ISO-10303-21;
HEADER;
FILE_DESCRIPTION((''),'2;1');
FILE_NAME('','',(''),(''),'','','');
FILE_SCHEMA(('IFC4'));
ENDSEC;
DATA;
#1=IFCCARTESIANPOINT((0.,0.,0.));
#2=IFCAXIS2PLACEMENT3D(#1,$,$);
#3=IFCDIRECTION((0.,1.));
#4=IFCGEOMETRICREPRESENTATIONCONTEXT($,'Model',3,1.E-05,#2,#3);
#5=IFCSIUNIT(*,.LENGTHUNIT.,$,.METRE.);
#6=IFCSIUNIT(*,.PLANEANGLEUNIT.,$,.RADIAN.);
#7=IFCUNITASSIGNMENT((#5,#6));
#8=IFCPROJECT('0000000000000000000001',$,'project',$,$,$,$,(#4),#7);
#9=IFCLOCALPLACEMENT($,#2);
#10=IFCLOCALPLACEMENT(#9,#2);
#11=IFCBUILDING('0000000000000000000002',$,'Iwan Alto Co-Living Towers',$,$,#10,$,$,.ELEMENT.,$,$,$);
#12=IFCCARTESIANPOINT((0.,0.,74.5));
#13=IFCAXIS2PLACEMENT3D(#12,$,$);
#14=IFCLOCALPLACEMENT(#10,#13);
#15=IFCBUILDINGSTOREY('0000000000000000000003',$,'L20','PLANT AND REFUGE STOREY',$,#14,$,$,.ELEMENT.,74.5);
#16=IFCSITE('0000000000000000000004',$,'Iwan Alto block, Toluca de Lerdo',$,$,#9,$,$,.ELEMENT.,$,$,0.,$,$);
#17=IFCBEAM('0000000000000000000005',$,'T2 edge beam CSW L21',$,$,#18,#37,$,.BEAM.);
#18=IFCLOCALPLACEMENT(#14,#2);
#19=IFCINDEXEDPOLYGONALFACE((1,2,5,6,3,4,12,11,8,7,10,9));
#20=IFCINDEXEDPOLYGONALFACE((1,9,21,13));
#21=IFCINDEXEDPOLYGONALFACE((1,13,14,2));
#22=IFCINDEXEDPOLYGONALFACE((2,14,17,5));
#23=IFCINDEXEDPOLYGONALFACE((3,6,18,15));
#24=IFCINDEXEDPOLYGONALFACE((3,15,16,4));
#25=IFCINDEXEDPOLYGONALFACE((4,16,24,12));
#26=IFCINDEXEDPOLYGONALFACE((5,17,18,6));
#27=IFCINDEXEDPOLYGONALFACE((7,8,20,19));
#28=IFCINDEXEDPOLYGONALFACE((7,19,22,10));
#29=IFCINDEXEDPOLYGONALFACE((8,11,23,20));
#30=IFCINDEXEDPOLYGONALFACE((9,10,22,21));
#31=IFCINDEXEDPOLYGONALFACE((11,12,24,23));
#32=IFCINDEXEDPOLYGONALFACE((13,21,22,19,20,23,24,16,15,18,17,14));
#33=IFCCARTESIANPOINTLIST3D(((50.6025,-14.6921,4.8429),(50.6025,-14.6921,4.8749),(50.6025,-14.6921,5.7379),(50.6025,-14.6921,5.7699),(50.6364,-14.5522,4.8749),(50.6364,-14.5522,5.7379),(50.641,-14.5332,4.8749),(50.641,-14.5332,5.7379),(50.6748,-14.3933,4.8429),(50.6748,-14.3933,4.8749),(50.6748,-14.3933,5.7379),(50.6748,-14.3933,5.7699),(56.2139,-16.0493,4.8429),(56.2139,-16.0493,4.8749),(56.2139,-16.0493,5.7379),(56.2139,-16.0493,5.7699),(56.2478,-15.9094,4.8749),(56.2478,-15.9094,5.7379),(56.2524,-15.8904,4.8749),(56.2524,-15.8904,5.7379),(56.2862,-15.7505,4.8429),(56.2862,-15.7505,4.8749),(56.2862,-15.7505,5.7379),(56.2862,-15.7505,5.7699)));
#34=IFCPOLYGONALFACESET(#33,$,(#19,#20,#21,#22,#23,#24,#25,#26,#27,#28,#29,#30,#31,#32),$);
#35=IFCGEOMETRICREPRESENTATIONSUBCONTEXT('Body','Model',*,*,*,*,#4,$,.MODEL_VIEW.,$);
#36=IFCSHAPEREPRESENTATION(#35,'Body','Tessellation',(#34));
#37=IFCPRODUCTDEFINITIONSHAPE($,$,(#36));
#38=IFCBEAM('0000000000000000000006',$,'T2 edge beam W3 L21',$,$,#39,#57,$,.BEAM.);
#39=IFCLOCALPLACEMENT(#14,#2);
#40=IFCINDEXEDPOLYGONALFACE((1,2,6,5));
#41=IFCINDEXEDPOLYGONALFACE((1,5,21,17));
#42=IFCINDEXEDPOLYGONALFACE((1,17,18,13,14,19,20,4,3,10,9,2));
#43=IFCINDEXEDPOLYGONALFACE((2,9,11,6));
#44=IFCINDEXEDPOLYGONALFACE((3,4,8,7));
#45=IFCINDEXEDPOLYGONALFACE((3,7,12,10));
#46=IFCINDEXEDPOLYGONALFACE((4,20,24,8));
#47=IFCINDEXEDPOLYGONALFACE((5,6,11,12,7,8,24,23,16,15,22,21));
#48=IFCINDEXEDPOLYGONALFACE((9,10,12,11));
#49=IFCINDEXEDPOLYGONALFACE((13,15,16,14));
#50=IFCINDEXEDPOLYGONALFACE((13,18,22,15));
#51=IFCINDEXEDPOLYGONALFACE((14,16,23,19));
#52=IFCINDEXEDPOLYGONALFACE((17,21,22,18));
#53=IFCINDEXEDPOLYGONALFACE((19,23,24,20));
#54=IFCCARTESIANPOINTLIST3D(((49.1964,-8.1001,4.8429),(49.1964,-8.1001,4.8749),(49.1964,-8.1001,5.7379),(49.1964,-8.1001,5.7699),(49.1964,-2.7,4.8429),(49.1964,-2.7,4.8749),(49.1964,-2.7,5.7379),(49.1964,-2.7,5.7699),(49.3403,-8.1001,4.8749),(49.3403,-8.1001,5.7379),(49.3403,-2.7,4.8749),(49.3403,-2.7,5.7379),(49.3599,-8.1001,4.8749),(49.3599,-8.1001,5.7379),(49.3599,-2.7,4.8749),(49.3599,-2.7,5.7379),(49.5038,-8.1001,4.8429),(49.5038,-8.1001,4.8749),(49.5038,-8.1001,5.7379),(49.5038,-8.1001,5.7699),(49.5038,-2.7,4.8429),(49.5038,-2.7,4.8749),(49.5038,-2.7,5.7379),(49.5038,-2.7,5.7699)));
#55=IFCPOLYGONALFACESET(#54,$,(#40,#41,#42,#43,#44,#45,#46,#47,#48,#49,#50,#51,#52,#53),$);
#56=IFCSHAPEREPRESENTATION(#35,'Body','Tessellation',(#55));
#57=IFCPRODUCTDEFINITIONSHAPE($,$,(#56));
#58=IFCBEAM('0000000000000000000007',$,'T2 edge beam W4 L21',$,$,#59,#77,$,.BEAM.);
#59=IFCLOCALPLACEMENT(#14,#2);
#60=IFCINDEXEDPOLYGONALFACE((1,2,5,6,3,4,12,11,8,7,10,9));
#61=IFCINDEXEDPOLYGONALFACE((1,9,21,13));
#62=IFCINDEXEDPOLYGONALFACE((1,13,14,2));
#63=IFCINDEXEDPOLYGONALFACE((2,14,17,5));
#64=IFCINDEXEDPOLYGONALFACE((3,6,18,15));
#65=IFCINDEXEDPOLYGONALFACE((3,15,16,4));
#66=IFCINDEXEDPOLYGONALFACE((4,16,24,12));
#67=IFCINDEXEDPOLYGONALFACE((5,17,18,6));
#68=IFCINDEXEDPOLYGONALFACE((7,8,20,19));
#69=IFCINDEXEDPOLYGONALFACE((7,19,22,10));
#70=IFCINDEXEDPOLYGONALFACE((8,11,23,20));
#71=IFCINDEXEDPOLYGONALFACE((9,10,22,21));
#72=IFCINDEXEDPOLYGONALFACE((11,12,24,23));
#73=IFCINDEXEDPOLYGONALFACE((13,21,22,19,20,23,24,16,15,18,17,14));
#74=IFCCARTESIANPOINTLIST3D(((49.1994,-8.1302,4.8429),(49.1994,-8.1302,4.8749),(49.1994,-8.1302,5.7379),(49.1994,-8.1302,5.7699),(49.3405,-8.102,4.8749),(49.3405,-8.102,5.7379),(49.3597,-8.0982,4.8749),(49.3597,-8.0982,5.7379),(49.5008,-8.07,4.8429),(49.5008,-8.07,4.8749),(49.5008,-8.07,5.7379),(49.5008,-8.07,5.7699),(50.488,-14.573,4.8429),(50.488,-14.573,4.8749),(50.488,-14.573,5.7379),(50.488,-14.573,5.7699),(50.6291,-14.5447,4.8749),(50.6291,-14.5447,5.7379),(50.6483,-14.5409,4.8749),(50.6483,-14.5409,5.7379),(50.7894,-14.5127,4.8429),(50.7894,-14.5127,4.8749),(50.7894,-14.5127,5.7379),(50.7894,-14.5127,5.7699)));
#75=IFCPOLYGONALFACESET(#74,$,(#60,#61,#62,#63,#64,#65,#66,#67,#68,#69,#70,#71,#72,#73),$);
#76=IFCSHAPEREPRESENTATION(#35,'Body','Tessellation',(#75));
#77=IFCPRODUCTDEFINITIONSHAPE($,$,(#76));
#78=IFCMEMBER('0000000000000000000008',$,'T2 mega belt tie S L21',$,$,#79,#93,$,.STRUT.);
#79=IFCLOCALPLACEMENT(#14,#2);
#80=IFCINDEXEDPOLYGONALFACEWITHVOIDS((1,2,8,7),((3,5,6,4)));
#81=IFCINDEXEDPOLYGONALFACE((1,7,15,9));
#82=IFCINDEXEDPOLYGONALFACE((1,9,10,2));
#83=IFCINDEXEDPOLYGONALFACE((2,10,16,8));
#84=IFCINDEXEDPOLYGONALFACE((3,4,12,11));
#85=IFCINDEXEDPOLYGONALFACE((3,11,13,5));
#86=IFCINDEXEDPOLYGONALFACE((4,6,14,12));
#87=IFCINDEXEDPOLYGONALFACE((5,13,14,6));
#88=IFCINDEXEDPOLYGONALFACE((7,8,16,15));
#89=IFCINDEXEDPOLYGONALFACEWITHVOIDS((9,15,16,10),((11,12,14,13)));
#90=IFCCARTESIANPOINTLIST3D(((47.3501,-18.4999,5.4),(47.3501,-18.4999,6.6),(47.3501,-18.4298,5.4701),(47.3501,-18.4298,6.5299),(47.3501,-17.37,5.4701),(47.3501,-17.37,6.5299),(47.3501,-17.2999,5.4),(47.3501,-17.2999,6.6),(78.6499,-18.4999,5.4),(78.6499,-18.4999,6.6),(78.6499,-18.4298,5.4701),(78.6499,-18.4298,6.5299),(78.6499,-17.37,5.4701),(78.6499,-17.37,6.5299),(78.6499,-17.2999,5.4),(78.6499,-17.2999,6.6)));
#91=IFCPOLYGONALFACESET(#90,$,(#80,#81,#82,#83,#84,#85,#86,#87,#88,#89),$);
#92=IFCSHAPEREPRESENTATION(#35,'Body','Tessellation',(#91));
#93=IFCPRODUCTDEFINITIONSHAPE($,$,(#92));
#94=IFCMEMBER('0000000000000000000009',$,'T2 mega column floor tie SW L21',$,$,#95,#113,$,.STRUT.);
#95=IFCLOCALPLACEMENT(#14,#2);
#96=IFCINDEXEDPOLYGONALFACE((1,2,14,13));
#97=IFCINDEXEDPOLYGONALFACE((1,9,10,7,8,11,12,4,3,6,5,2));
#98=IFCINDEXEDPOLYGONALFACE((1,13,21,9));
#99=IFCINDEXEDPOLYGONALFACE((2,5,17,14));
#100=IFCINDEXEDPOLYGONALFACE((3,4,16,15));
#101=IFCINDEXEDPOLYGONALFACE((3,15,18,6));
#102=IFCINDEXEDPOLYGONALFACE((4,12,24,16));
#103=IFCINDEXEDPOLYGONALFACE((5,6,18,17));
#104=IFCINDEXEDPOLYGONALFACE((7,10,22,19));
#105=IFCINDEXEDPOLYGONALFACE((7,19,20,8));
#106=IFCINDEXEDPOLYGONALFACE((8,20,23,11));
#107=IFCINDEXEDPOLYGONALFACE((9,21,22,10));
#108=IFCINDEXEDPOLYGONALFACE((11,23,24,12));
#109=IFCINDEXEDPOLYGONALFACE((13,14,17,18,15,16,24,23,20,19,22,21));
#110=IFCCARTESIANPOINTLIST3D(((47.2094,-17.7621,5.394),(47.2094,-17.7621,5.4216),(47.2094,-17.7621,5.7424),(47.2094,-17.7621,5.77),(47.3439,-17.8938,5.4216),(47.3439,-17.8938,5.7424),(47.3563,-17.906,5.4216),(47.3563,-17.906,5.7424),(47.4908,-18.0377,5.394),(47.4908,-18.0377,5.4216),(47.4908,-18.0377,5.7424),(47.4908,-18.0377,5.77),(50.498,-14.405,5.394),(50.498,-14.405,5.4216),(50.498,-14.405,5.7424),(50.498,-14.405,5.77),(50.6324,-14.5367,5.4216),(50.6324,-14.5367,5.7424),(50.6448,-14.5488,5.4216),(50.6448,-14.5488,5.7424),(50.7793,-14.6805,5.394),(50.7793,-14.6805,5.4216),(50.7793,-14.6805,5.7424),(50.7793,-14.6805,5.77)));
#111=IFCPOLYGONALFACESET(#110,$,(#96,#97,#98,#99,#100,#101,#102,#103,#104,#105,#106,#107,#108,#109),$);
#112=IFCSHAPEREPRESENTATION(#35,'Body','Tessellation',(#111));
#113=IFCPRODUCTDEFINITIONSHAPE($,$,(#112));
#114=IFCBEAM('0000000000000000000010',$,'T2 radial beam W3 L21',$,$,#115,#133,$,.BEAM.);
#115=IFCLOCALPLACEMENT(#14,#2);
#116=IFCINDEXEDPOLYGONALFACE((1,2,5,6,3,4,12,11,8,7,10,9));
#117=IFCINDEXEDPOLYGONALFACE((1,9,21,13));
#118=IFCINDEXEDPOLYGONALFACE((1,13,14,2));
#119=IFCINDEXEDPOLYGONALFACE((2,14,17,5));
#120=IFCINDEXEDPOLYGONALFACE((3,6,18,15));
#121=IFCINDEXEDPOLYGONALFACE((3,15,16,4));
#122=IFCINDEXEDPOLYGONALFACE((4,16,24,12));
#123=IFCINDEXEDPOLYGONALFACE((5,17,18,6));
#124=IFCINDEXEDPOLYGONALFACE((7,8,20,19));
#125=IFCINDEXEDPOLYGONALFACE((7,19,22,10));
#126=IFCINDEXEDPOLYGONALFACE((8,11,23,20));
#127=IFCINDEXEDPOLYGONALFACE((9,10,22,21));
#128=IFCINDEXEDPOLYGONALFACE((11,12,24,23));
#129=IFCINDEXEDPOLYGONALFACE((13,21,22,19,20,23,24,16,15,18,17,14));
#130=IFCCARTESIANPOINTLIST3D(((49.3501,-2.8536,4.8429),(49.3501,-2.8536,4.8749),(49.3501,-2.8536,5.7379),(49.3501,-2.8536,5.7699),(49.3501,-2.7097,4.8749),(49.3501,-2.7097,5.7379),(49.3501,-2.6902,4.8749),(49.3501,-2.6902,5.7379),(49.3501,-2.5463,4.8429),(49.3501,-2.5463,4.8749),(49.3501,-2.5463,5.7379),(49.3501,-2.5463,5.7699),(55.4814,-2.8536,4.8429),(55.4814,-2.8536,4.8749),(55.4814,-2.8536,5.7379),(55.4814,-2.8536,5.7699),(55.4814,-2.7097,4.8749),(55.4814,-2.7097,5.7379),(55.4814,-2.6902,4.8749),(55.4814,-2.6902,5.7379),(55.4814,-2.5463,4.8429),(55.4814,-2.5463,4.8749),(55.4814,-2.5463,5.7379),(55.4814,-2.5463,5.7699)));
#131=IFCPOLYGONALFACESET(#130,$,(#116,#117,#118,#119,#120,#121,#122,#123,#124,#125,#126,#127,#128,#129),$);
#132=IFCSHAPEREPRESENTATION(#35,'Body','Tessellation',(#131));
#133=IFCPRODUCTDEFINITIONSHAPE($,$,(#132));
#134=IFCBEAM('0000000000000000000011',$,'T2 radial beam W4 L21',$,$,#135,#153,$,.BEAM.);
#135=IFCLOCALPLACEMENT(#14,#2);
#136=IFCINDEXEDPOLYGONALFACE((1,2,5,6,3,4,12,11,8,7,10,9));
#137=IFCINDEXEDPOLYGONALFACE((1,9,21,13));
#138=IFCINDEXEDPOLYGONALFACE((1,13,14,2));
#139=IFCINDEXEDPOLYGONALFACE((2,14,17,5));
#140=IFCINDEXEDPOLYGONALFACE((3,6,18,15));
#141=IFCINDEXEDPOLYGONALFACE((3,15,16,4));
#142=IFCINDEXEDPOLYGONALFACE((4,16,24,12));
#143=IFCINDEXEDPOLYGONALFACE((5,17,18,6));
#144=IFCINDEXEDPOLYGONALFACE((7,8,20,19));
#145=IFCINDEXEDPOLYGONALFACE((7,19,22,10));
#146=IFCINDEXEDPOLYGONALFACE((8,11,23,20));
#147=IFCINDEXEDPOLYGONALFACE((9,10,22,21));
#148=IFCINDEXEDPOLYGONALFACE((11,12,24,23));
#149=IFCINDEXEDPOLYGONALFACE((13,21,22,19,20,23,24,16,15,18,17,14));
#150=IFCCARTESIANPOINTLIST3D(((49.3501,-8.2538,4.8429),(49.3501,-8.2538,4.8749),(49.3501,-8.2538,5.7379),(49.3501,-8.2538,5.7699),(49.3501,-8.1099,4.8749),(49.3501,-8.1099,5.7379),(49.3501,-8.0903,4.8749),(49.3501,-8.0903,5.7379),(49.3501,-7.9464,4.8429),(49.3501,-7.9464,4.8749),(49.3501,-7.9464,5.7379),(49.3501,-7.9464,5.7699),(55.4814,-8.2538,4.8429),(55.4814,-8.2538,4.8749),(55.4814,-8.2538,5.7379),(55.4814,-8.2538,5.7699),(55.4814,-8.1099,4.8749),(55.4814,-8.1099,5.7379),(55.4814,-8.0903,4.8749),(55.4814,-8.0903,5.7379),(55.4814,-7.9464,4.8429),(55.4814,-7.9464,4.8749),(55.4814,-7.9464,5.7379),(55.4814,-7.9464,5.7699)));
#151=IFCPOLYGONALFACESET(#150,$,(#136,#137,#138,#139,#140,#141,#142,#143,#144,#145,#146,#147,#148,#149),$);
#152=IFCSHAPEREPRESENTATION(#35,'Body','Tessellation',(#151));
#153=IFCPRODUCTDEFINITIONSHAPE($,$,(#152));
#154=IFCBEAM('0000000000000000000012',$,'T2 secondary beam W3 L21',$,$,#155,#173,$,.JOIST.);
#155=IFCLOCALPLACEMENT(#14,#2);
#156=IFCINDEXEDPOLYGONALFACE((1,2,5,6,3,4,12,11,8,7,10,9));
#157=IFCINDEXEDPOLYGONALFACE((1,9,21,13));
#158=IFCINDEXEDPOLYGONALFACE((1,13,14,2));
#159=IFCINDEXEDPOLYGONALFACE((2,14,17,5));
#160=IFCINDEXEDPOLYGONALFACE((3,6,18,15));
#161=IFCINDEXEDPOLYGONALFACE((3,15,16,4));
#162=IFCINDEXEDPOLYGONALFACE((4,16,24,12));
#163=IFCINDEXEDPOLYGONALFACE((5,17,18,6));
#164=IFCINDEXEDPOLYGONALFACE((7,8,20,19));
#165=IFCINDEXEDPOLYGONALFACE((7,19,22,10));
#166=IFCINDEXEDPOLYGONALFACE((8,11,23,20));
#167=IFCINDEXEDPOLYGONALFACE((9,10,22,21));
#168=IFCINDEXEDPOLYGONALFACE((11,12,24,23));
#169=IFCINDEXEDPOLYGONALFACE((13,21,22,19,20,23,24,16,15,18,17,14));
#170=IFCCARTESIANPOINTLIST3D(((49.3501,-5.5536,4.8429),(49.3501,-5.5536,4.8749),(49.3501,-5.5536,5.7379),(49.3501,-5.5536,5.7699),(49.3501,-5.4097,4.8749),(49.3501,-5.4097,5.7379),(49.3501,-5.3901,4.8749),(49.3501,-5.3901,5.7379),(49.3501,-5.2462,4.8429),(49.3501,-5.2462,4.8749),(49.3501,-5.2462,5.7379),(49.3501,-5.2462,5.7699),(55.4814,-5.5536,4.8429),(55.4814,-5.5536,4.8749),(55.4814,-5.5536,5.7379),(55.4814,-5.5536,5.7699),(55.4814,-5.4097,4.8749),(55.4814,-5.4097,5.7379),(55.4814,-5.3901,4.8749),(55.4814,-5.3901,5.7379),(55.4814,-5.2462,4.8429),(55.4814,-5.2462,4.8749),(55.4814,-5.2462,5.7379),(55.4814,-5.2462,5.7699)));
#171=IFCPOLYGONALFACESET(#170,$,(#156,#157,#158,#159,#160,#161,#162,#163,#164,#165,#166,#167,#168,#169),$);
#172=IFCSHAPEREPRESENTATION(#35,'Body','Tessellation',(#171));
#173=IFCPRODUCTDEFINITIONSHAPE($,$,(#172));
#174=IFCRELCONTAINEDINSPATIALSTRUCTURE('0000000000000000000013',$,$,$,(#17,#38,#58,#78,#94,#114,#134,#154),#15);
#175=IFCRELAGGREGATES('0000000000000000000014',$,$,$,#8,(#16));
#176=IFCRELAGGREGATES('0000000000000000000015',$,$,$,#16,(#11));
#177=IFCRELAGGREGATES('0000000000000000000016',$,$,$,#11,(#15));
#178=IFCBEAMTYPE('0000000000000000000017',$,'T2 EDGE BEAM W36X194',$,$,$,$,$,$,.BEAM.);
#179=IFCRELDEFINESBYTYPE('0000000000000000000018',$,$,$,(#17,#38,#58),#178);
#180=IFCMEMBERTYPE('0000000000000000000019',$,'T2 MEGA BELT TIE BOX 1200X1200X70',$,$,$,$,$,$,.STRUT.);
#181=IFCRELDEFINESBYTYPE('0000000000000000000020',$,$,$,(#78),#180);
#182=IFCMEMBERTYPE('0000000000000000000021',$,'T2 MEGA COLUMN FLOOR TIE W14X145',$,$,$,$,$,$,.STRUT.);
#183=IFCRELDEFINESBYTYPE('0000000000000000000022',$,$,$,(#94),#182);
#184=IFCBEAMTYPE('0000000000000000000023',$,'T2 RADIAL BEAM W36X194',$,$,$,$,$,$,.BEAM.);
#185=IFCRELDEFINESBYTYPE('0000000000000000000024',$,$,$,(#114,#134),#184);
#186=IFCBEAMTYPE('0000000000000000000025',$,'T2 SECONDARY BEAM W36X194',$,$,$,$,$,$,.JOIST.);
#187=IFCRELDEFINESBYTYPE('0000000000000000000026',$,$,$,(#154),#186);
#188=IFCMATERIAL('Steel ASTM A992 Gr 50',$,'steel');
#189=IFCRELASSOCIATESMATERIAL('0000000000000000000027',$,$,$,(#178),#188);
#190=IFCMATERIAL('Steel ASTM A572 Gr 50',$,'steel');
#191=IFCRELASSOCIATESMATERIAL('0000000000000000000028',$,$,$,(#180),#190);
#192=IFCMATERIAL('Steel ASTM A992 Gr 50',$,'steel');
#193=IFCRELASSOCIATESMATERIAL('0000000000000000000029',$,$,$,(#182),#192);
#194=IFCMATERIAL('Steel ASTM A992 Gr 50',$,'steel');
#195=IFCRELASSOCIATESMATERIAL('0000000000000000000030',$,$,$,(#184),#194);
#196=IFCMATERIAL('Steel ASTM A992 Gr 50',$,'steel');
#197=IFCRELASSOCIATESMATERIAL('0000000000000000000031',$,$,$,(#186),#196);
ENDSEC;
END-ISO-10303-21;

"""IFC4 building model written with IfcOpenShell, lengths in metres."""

from ifc_helpers import new_model, si_unit, direction, frame, origin, origin_2d, place, context, subcontext, project, spatial, hollow_rectangle, i_section, extrude, material, material_profile, profile_set, type_object, element, save


model = new_model("IFC4")

# Units and contexts
model_context = context("Model", 3, precision=1e-05, world=origin(), true_north=direction((0.0, 1.0)))
body_context = subcontext(model_context, "Body", "Model", "MODEL_VIEW")
ifc_project = project(units=[si_unit("LENGTHUNIT", "METRE"), si_unit("PLANEANGLEUNIT", "RADIAN")], contexts=[model_context])

# Site, building, storey
site_placement = place(None, origin())
site = spatial("IfcSite", under=ifc_project, at=site_placement, Name="Iwan Alto block, Toluca de Lerdo", CompositionType="ELEMENT", RefElevation=0.0)
building_placement = place(site_placement, origin())
building = spatial("IfcBuilding", under=site, at=building_placement, Name="Iwan Alto Co-Living Towers", CompositionType="ELEMENT")
storey_placement = place(building_placement, frame((0.0, 0.0, 74.5)))
storey = spatial("IfcBuildingStorey", under=building, at=storey_placement, Name="L20", Description="PLANT AND REFUGE STOREY", CompositionType="ELEMENT", Elevation=74.5)

# Beams
ifc_material_1 = material(Name="Steel ASTM A992 Gr 50", Category="steel")
ifc_material_profile_1 = material_profile(ifc_material_1, i_section(OverallWidth=0.3074, OverallDepth=0.927, WebThickness=0.0195, FlangeThickness=0.032, at=origin_2d()), Name="W36X194")
ifc_profile_set_1 = profile_set([ifc_material_profile_1], Name="Steel ASTM A992 Gr 50")
beam_type_1 = type_object("IfcBeamType", Name="T2 EDGE BEAM W36X194", PredefinedType="BEAM", material=ifc_profile_set_1)
beam_1_placement = place(storey_placement, frame((50.6387, -14.5427, 5.3064), z_axis=(0.971975, -0.235086, 0.0), x_axis=(0.235086, 0.971975, 0.0)))
element("IfcBeam", 1, at=beam_1_placement, inside=storey, type_object=beam_type_1, Name="T2 edge beam CSW L21", PredefinedType="BEAM", context=body_context, shape_type="SweptSolid", body=[
    extrude(i_section(OverallWidth=0.3074, OverallDepth=0.927, WebThickness=0.0195, FlangeThickness=0.032, at=origin_2d()), origin(), (0.0, 0.0, 1.0), 5.7732),
])
beam_2_placement = place(storey_placement, frame((49.3501, -2.7, 5.3064), z_axis=(0.0, -1.0, 0.0), x_axis=(1.0, 0.0, 0.0)))
element("IfcBeam", 2, at=beam_2_placement, inside=storey, type_object=beam_type_1, Name="T2 edge beam W3 L21", PredefinedType="BEAM", context=body_context, shape_type="SweptSolid", body=[
    extrude(i_section(OverallWidth=0.3074, OverallDepth=0.927, WebThickness=0.0195, FlangeThickness=0.032, at=origin_2d()), origin(), (0.0, 0.0, 1.0), 5.4001),
])
beam_3_placement = place(storey_placement, frame((49.3501, -8.1001, 5.3064), z_axis=(0.196123, -0.980579, 0.0), x_axis=(0.980579, 0.196123, 0.0)))
element("IfcBeam", 3, at=beam_3_placement, inside=storey, type_object=beam_type_1, Name="T2 edge beam W4 L21", PredefinedType="BEAM", context=body_context, shape_type="SweptSolid", body=[
    extrude(i_section(OverallWidth=0.3074, OverallDepth=0.927, WebThickness=0.0195, FlangeThickness=0.032, at=origin_2d()), origin(), (0.0, 0.0, 1.0), 6.5703),
])

# Members
ifc_material_2 = material(Name="Steel ASTM A572 Gr 50", Category="steel")
ifc_material_profile_2 = material_profile(ifc_material_2, hollow_rectangle(XDim=1.2, YDim=1.2, WallThickness=0.0701, at=origin_2d()), Name="BOX 1200X1200X70")
ifc_profile_set_2 = profile_set([ifc_material_profile_2], Name="Steel ASTM A572 Gr 50")
member_type_1 = type_object("IfcMemberType", Name="T2 MEGA BELT TIE BOX 1200X1200X70", PredefinedType="STRUT", material=ifc_profile_set_2)
member_1_placement = place(storey_placement, frame((47.3501, -17.8999, 6.0), z_axis=(1.0, 0.0, 0.0), x_axis=(0.0, 1.0, 0.0)))
element("IfcMember", 4, at=member_1_placement, inside=storey, type_object=member_type_1, Name="T2 mega belt tie S L21", PredefinedType="STRUT", context=body_context, shape_type="SweptSolid", body=[
    extrude(hollow_rectangle(XDim=1.2, YDim=1.2, WallThickness=0.0701, at=origin_2d()), origin(), (0.0, 0.0, 1.0), 31.2998),
])
ifc_material_3 = material(Name="Steel ASTM A992 Gr 50", Category="steel")
ifc_material_profile_3 = material_profile(ifc_material_3, i_section(OverallWidth=0.3938, OverallDepth=0.376, WebThickness=0.0173, FlangeThickness=0.0276, at=origin_2d()), Name="W14X145")
ifc_profile_set_3 = profile_set([ifc_material_profile_3], Name="Steel ASTM A992 Gr 50")
member_type_2 = type_object("IfcMemberType", Name="T2 MEGA COLUMN FLOOR TIE W14X145", PredefinedType="STRUT", material=ifc_profile_set_3)
member_2_placement = place(storey_placement, frame((47.3501, -17.8999, 5.582), z_axis=(0.69977, 0.714368, 0.0), x_axis=(-0.714368, 0.69977, 0.0)))
element("IfcMember", 5, at=member_2_placement, inside=storey, type_object=member_type_2, Name="T2 mega column floor tie SW L21", PredefinedType="STRUT", context=body_context, shape_type="SweptSolid", body=[
    extrude(i_section(OverallWidth=0.3938, OverallDepth=0.376, WebThickness=0.0173, FlangeThickness=0.0276, at=origin_2d()), origin(), (0.0, 0.0, 1.0), 4.6995),
])

# Beams
ifc_material_4 = material(Name="Steel ASTM A992 Gr 50", Category="steel")
ifc_material_profile_4 = material_profile(ifc_material_4, i_section(OverallWidth=0.3074, OverallDepth=0.927, WebThickness=0.0195, FlangeThickness=0.032, at=origin_2d()), Name="W36X194")
ifc_profile_set_4 = profile_set([ifc_material_profile_4], Name="Steel ASTM A992 Gr 50")
beam_type_2 = type_object("IfcBeamType", Name="T2 RADIAL BEAM W36X194", PredefinedType="BEAM", material=ifc_profile_set_4)
for number, where, z_axis, x_axis, name in (
    (6, (49.3501, -2.7, 5.3064), (1.0, 0.0, 0.0), (0.0, 1.0, 0.0), "T2 radial beam W3 L21"),
    (7, (49.3501, -8.1001, 5.3064), (1.0, 0.0, 0.0), (0.0, 1.0, 0.0), "T2 radial beam W4 L21"),
):
    element("IfcBeam", number, at=place(storey_placement, frame(where, z_axis=z_axis, x_axis=x_axis)), inside=storey, type_object=beam_type_2, Name=name, PredefinedType="BEAM", context=body_context, shape_type="SweptSolid", body=[
        extrude(i_section(OverallWidth=0.3074, OverallDepth=0.927, WebThickness=0.0195, FlangeThickness=0.032, at=origin_2d()), origin(), (0.0, 0.0, 1.0), 6.1313),
    ])
ifc_material_5 = material(Name="Steel ASTM A992 Gr 50", Category="steel")
ifc_material_profile_5 = material_profile(ifc_material_5, i_section(OverallWidth=0.3074, OverallDepth=0.927, WebThickness=0.0195, FlangeThickness=0.032, at=origin_2d()), Name="W36X194")
ifc_profile_set_5 = profile_set([ifc_material_profile_5], Name="Steel ASTM A992 Gr 50")
beam_type_3 = type_object("IfcBeamType", Name="T2 SECONDARY BEAM W36X194", PredefinedType="JOIST", material=ifc_profile_set_5)
beam_4_placement = place(storey_placement, frame((49.3501, -5.3999, 5.3064), z_axis=(1.0, 0.0, 0.0), x_axis=(0.0, 1.0, 0.0)))
element("IfcBeam", 8, at=beam_4_placement, inside=storey, type_object=beam_type_3, Name="T2 secondary beam W3 L21", PredefinedType="JOIST", context=body_context, shape_type="SweptSolid", body=[
    extrude(i_section(OverallWidth=0.3074, OverallDepth=0.927, WebThickness=0.0195, FlangeThickness=0.032, at=origin_2d()), origin(), (0.0, 0.0, 1.0), 6.1313),
])

save(model, "model.ifc")
